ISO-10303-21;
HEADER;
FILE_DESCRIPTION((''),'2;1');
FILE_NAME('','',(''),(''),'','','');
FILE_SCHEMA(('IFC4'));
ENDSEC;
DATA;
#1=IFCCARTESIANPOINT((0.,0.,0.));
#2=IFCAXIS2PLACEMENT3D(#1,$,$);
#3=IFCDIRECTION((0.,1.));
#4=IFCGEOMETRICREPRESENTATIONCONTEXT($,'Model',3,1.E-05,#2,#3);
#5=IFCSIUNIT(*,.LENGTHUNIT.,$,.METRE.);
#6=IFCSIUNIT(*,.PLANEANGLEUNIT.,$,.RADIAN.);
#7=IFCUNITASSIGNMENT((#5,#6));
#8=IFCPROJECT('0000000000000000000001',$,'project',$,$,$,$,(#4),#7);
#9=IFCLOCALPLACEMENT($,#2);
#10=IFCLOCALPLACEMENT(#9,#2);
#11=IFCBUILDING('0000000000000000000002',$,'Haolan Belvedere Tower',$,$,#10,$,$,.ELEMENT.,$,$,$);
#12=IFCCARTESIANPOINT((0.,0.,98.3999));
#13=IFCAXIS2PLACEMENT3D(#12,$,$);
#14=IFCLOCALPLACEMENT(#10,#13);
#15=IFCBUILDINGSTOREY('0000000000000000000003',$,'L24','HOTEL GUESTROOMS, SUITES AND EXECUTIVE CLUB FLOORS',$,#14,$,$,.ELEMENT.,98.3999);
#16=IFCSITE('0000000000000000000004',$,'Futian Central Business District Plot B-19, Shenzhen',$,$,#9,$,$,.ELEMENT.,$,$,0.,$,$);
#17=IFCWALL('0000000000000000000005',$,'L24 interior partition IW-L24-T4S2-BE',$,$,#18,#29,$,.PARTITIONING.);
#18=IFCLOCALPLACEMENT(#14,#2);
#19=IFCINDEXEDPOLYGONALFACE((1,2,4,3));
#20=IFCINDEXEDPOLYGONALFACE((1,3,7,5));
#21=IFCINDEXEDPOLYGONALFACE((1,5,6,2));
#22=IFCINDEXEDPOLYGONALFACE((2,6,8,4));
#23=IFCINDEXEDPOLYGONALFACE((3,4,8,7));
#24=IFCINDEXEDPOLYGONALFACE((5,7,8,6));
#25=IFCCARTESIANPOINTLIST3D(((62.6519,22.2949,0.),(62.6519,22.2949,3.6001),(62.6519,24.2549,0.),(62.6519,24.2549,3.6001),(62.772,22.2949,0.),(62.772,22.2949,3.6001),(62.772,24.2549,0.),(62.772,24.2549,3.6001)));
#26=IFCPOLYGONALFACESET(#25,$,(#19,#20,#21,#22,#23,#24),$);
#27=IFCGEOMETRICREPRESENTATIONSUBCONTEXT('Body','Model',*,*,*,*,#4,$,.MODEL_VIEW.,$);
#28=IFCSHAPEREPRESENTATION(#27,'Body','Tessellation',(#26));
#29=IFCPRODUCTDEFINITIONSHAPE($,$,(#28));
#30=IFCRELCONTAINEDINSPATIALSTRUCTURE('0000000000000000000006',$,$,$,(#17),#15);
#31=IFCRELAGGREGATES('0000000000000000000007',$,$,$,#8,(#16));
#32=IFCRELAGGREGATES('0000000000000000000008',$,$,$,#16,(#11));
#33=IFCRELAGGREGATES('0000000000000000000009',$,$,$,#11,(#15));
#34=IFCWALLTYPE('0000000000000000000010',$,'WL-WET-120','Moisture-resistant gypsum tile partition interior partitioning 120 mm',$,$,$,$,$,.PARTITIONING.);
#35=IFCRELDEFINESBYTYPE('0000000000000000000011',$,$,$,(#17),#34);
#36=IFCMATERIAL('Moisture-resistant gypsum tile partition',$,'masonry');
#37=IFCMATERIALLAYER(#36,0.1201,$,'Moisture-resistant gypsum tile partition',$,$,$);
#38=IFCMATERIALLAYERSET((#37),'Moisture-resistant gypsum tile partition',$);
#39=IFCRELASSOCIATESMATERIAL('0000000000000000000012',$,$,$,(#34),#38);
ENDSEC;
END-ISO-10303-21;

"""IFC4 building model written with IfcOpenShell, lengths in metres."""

from ifc_helpers import new_model, si_unit, direction, frame, frame_2d, origin, place, context, subcontext, project, spatial, rectangle, extrude, material, layer, layer_set, type_object, element, save


model = new_model("IFC4")

# Units and contexts
model_context = context("Model", 3, precision=1e-05, world=origin(), true_north=direction((0.0, 1.0)))
body_context = subcontext(model_context, "Body", "Model", "MODEL_VIEW")
ifc_project = project(units=[si_unit("LENGTHUNIT", "METRE"), si_unit("PLANEANGLEUNIT", "RADIAN")], contexts=[model_context])

# Site, building, storey
site_placement = place(None, origin())
site = spatial("IfcSite", under=ifc_project, at=site_placement, Name="Futian Central Business District Plot B-19, Shenzhen", CompositionType="ELEMENT", RefElevation=0.0)
building_placement = place(site_placement, origin())
building = spatial("IfcBuilding", under=site, at=building_placement, Name="Haolan Belvedere Tower", CompositionType="ELEMENT")
storey_placement = place(building_placement, frame((0.0, 0.0, 98.3999)))
storey = spatial("IfcBuildingStorey", under=building, at=storey_placement, Name="L24", Description="HOTEL GUESTROOMS, SUITES AND EXECUTIVE CLUB FLOORS", CompositionType="ELEMENT", Elevation=98.3999)

# Shared definitions
ifc_material_1 = material(Name="Moisture-resistant gypsum tile partition", Category="masonry")
ifc_layer_1 = layer(ifc_material_1, 0.1201, Name="Moisture-resistant gypsum tile partition")
ifc_layer_set_1 = layer_set([ifc_layer_1], Name="Moisture-resistant gypsum tile partition")
wall_type_1 = type_object("IfcWallType", Name="WL-WET-120", Description="Moisture-resistant gypsum tile partition interior partitioning 120 mm", PredefinedType="PARTITIONING", material=ifc_layer_set_1)

# Wall
for number, where, z_axis, x_axis, name in (
    (1, (62.7119, 22.2949, 0.0), (0.0, 0.0, 1.0), (0.0, 1.0, 0.0), "L24 interior partition IW-L24-T4S2-BE"),
):
    element("IfcWall", number, at=place(storey_placement, frame(where, z_axis=z_axis, x_axis=x_axis)), inside=storey, type_object=wall_type_1, Name=name, PredefinedType="PARTITIONING", context=body_context, shape_type="SweptSolid", body=[
        extrude(rectangle(XDim=1.96, YDim=0.1201, at=frame_2d((0.98, 0.0))), origin(), (0.0, 0.0, 1.0), 3.6001),
    ])

save(model, "model.ifc")
